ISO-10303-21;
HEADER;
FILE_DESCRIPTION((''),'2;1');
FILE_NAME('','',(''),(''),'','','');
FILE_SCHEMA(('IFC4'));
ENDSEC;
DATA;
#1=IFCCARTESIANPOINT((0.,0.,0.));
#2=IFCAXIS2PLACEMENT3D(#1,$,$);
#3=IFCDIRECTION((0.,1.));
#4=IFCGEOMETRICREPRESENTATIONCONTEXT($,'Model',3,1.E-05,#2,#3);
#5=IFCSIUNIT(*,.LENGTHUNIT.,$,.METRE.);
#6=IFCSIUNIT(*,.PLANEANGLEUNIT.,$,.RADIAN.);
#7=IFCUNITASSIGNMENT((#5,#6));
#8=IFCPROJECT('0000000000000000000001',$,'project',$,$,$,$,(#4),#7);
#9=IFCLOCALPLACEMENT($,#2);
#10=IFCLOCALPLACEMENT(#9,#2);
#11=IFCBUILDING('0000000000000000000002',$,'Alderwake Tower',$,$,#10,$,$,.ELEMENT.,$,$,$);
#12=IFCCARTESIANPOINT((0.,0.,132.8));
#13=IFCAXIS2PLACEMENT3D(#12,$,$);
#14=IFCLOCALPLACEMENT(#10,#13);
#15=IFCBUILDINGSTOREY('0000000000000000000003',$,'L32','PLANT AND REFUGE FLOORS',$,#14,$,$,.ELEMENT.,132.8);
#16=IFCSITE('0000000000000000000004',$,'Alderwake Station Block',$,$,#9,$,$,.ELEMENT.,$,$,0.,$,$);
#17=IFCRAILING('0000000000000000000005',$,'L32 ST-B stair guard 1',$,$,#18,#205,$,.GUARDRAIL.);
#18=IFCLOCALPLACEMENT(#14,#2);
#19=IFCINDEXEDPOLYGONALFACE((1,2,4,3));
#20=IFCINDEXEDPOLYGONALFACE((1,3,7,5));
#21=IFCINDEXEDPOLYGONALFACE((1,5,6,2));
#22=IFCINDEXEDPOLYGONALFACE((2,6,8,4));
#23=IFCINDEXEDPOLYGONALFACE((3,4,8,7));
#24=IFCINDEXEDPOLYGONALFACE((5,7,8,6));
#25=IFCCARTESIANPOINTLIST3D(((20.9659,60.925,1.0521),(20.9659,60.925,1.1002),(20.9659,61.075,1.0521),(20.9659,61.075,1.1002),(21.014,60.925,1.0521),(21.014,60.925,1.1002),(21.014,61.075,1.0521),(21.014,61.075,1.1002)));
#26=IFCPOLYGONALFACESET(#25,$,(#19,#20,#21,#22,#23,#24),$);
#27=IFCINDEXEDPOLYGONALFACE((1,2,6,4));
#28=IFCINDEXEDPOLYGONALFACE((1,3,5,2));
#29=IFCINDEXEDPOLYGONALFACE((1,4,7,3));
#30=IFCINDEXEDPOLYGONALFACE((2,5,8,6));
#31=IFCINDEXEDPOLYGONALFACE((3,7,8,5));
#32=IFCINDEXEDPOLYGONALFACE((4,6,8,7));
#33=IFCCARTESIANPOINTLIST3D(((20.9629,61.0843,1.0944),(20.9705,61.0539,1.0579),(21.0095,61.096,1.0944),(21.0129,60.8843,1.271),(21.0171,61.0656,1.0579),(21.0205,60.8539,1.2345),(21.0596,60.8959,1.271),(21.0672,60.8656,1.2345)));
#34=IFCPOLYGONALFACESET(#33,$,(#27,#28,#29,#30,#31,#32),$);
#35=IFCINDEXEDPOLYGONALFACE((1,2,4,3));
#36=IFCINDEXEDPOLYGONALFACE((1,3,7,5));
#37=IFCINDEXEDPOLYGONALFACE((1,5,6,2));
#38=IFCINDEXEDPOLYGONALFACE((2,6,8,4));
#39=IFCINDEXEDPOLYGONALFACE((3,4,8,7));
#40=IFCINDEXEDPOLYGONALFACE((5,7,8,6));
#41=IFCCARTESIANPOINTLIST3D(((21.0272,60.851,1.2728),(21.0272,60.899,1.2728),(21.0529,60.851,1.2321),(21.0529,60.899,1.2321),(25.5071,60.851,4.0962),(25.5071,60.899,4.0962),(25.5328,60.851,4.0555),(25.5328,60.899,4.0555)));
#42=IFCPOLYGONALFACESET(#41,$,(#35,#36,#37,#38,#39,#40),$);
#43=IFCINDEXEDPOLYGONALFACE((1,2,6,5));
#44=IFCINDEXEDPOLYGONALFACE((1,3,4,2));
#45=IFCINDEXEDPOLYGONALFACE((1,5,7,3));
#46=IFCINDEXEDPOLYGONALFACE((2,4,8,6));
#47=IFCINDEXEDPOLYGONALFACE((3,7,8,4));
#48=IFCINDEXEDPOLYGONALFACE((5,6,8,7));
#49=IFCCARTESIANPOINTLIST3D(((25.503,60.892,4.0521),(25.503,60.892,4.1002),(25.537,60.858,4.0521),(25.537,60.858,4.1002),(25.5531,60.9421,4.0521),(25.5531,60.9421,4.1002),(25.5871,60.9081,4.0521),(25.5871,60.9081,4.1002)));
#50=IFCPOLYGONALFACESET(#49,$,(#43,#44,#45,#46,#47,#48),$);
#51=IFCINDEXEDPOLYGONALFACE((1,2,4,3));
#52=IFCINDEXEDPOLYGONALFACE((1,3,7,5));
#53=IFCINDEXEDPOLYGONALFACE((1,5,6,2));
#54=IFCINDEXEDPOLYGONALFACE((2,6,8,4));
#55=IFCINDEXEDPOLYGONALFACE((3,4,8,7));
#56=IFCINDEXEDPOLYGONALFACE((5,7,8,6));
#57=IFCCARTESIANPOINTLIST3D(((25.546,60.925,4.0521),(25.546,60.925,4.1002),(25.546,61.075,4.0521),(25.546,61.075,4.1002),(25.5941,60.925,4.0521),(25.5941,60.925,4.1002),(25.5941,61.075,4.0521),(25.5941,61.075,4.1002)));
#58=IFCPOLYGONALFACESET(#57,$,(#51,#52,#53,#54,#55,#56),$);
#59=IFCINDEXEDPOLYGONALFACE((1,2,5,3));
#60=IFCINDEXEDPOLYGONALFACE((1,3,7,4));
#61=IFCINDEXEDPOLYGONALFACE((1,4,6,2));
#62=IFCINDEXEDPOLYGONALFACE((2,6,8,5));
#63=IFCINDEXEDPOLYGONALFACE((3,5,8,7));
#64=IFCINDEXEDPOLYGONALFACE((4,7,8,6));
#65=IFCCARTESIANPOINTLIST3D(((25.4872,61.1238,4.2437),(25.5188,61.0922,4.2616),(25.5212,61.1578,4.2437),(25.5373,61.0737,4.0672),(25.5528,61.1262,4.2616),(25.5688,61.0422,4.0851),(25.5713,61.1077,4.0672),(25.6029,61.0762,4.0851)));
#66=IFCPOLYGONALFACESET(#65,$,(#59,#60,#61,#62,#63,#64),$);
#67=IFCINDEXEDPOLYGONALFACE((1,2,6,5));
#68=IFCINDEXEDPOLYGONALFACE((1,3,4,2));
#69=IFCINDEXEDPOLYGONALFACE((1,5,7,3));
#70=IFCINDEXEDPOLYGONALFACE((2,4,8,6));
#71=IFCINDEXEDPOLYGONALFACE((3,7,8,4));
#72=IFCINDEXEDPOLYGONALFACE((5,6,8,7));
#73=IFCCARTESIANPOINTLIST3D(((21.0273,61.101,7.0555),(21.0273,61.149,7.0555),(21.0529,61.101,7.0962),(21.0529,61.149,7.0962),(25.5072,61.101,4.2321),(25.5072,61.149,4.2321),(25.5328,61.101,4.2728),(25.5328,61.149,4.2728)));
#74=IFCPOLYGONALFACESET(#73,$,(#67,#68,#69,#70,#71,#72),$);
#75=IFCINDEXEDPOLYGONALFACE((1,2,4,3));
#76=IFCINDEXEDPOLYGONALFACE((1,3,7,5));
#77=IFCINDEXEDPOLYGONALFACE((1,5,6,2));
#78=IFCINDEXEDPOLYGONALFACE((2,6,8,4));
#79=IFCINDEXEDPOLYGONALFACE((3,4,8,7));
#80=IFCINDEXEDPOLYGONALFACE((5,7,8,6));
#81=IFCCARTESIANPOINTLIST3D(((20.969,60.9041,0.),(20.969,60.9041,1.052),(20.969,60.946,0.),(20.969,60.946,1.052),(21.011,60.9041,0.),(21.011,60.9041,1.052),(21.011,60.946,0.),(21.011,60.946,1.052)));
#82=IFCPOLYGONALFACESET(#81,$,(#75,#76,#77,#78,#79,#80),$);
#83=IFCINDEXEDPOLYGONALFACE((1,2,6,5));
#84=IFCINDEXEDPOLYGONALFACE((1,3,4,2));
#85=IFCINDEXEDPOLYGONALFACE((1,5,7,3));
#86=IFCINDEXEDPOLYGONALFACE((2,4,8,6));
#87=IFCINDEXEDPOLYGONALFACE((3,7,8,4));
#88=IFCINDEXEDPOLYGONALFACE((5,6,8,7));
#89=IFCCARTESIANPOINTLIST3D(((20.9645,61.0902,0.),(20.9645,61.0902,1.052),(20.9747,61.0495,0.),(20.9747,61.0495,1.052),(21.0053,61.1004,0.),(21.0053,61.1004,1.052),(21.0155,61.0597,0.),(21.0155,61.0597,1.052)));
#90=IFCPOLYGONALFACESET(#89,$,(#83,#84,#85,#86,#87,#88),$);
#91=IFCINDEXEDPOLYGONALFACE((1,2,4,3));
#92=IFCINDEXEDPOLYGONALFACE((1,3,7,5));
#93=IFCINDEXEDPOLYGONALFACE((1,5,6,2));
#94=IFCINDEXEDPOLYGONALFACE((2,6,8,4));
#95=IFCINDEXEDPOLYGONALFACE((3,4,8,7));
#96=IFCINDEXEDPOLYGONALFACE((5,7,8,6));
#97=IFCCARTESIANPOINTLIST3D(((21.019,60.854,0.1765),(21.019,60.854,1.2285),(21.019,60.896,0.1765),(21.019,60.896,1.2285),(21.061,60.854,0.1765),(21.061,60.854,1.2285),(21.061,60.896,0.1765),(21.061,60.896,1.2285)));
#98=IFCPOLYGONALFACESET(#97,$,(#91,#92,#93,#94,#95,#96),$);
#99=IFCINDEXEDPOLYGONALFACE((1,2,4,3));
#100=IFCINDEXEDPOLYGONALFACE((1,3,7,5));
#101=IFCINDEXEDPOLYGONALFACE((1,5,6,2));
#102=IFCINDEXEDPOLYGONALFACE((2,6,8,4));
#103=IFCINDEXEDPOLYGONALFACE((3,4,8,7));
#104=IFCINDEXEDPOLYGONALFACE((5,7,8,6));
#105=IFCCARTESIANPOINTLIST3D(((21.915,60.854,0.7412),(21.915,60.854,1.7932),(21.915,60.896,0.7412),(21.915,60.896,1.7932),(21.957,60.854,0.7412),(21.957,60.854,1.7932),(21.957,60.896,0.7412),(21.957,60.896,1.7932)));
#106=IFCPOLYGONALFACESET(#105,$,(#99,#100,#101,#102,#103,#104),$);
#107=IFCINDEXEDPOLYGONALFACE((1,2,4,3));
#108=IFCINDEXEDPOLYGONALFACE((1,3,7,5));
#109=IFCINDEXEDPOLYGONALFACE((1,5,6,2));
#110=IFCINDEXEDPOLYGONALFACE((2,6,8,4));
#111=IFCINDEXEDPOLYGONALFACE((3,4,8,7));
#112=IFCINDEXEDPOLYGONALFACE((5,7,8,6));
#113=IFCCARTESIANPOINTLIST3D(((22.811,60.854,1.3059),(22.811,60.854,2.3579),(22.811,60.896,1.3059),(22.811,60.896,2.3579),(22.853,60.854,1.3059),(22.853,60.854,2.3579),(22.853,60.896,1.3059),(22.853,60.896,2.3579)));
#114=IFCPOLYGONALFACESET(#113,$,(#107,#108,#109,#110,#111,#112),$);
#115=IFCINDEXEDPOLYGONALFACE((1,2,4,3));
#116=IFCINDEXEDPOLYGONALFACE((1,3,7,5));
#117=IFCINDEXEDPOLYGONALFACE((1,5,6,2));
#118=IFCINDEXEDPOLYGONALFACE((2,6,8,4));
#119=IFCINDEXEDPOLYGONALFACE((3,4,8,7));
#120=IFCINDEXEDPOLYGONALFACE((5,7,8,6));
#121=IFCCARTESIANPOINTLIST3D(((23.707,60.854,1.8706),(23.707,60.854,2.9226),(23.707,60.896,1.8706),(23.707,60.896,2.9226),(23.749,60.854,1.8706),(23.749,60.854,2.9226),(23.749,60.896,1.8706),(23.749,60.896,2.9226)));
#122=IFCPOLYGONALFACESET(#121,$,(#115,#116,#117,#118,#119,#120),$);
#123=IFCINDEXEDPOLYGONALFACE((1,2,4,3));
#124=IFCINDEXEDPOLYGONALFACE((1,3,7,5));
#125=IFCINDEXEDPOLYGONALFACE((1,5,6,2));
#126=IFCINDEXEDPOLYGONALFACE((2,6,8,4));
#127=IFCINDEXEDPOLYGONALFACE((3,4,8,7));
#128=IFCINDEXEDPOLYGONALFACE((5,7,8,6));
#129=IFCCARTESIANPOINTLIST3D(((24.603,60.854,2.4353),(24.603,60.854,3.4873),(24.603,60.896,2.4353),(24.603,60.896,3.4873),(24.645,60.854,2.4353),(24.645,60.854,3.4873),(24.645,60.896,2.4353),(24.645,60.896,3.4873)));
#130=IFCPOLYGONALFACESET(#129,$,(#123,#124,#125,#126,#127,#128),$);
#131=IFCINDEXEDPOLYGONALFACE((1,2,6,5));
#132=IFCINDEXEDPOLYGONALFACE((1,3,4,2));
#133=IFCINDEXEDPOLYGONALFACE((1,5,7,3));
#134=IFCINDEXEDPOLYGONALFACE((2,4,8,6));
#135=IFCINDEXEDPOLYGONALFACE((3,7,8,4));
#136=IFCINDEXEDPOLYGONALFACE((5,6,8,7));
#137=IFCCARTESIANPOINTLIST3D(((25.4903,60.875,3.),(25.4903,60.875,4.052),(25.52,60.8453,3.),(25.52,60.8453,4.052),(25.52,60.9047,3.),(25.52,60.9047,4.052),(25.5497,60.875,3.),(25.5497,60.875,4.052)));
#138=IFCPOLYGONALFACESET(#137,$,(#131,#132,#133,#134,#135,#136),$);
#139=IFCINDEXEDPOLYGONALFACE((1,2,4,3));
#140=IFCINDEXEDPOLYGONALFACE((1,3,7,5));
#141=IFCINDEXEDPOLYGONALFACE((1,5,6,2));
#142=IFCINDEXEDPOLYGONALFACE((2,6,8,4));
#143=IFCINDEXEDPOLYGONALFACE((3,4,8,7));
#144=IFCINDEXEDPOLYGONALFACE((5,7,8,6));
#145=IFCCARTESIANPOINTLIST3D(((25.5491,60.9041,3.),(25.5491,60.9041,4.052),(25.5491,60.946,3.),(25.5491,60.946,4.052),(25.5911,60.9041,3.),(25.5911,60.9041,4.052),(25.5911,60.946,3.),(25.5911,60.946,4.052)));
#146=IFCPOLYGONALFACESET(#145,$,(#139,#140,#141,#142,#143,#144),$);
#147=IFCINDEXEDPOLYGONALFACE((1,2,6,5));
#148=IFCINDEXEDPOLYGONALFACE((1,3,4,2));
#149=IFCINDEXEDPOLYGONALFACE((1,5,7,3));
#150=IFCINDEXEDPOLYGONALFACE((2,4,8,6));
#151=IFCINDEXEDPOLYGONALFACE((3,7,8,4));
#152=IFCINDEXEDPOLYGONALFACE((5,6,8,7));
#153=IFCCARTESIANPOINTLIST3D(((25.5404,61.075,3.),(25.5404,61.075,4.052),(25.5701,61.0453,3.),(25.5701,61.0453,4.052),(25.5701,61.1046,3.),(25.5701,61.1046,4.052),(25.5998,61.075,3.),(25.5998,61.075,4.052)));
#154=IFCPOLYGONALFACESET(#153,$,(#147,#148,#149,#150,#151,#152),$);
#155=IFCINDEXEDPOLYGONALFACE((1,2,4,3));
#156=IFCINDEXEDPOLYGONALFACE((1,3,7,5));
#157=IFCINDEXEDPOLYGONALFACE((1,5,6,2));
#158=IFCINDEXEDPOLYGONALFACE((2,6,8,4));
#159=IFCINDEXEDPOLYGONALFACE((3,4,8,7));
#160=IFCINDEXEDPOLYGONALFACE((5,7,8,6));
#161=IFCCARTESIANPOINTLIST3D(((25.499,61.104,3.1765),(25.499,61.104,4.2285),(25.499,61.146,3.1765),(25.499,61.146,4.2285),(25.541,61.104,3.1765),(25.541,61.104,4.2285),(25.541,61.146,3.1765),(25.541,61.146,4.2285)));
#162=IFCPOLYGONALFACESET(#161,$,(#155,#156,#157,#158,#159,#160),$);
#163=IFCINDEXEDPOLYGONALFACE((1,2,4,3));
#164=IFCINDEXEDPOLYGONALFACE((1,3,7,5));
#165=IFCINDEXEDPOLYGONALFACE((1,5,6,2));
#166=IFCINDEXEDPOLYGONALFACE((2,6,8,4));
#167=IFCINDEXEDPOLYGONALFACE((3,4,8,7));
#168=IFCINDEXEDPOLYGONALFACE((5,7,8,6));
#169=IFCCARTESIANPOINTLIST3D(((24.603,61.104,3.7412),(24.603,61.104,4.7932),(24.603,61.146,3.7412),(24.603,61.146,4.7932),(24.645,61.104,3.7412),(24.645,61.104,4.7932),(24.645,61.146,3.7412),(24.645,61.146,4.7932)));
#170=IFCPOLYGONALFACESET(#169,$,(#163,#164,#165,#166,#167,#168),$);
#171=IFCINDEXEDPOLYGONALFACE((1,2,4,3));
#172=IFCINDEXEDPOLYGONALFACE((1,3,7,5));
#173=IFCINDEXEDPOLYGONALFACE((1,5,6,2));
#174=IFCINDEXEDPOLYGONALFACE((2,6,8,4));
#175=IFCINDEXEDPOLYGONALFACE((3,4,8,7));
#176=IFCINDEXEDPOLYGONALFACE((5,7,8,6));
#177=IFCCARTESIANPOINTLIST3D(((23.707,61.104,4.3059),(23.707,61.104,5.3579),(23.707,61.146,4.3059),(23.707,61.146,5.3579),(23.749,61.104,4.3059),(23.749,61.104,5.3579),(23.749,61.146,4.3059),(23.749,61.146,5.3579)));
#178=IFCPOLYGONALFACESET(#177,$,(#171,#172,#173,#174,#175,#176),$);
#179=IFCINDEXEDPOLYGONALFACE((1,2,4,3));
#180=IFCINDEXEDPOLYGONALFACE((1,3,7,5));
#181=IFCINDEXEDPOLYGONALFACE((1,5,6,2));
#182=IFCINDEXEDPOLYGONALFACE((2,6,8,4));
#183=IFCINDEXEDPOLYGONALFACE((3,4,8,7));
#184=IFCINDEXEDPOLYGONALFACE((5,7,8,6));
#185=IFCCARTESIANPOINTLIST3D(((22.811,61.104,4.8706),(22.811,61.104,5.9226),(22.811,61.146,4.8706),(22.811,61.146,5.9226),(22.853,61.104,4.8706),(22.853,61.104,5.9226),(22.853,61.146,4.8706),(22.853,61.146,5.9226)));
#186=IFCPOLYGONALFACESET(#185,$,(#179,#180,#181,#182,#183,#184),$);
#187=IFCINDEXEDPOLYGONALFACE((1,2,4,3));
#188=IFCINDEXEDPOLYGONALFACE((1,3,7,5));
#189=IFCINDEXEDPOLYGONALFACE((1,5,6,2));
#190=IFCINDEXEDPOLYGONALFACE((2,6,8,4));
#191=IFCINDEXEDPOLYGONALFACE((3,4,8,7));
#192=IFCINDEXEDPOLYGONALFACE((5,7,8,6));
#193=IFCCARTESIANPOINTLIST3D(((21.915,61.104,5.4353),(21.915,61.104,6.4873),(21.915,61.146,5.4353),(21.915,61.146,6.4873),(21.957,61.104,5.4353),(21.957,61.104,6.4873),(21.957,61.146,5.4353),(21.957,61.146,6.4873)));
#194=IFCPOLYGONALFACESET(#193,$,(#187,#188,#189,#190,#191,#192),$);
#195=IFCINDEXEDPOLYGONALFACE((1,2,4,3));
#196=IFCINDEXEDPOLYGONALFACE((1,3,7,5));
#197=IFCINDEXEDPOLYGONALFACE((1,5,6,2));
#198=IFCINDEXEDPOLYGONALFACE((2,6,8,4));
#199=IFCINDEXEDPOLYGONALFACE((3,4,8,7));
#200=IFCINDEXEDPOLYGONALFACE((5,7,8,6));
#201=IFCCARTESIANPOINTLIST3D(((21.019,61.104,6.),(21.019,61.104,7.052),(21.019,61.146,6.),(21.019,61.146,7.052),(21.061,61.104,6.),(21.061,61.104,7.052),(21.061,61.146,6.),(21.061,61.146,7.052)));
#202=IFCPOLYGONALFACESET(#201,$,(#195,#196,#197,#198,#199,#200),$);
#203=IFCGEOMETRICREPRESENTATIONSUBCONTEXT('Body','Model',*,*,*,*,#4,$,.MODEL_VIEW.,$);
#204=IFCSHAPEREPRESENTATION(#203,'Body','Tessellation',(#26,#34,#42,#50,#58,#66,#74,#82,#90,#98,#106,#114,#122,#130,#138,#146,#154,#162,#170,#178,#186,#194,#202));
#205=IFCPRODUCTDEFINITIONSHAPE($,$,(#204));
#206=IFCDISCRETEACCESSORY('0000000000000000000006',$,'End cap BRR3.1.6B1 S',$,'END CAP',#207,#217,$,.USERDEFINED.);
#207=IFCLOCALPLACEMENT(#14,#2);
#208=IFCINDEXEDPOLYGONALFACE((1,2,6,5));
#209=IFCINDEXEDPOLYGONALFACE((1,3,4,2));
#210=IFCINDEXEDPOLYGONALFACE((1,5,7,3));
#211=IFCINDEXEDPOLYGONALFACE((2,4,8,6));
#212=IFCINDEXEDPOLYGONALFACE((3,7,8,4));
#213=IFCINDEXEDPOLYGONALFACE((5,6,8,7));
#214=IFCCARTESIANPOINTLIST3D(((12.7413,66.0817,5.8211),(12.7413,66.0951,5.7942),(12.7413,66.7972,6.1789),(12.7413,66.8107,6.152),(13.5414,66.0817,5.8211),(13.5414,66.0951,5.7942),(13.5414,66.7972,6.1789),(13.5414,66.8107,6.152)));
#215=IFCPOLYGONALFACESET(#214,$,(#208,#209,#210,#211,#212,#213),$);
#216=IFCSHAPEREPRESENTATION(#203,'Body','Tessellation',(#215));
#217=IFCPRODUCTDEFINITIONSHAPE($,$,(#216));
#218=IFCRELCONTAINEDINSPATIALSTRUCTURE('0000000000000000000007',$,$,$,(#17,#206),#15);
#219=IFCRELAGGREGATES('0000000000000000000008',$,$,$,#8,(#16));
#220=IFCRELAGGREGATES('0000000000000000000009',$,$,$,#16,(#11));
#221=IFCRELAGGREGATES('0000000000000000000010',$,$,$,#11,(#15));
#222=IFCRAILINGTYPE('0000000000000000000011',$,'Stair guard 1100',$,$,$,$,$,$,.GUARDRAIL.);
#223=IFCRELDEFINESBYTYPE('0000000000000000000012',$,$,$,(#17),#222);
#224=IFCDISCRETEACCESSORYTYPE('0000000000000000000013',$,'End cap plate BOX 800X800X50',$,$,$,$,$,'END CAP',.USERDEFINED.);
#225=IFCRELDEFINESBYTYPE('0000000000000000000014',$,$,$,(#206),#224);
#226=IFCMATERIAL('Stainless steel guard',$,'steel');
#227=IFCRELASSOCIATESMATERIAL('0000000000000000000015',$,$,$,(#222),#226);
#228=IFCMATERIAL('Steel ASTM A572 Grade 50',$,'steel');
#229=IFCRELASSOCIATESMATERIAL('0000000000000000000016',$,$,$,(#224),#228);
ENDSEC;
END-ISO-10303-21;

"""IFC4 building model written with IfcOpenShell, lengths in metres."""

from ifc_helpers import new_model, si_unit, direction, frame, origin, origin_2d, place, context, subcontext, project, spatial, rectangle, extrude, material, material_profile, profile_set, type_object, element, save


model = new_model("IFC4")

# Units and contexts
model_context = context("Model", 3, precision=1e-05, world=origin(), true_north=direction((0.0, 1.0)))
body_context = subcontext(model_context, "Body", "Model", "MODEL_VIEW")
ifc_project = project(units=[si_unit("LENGTHUNIT", "METRE"), si_unit("PLANEANGLEUNIT", "RADIAN")], contexts=[model_context])

# Site, building, storey
site_placement = place(None, origin())
site = spatial("IfcSite", under=ifc_project, at=site_placement, Name="Alderwake Station Block", CompositionType="ELEMENT", RefElevation=0.0)
building_placement = place(site_placement, origin())
building = spatial("IfcBuilding", under=site, at=building_placement, Name="Alderwake Tower", CompositionType="ELEMENT")
storey_placement = place(building_placement, frame((0.0, 0.0, 132.8)))
storey = spatial("IfcBuildingStorey", under=building, at=storey_placement, Name="L32", Description="PLANT AND REFUGE FLOORS", CompositionType="ELEMENT", Elevation=132.8)

# Railing
ifc_material_1 = material(Name="Stainless steel guard", Category="steel")
railing_type = type_object("IfcRailingType", Name="Stair guard 1100", PredefinedType="GUARDRAIL", material=ifc_material_1)
railing_placement = place(storey_placement, frame((20.99, 60.925, 0.0)))
element("IfcRailing", 1, at=railing_placement, inside=storey, type_object=railing_type, Name="L32 ST-B stair guard 1", PredefinedType="GUARDRAIL", context=body_context, shape_type="SweptSolid", body=[
    extrude(rectangle(XDim=0.0481, YDim=0.0481, at=origin_2d()), frame((0.0, 0.0, 1.0762), z_axis=(0.0, 1.0, 0.0), x_axis=(-1.0, 0.0, 0.0)), (0.0, 0.0, 1.0), 0.1499),
    extrude(rectangle(XDim=0.0481, YDim=0.0481, at=origin_2d()), frame((0.0, 0.1499, 1.0762), z_axis=(0.184429, -0.736817, 0.650451), x_axis=(0.970073, 0.242814, 0.0)), (0.0, 0.0, 1.0), 0.2715),
    extrude(rectangle(XDim=0.0481, YDim=0.0481, at=origin_2d()), frame((0.05, -0.05, 1.2524), z_axis=(0.845998, 0.0, 0.533186), x_axis=(0.0, 1.0, 0.0)), (0.0, 0.0, 1.0), 5.2954),
    extrude(rectangle(XDim=0.0481, YDim=0.0481, at=origin_2d()), frame((4.53, -0.05, 4.0762), z_axis=(0.707107, 0.707107, 0.0), x_axis=(-0.707107, 0.707107, 0.0)), (0.0, 0.0, 1.0), 0.0708),
    extrude(rectangle(XDim=0.0481, YDim=0.0481, at=origin_2d()), frame((4.5801, 0.0, 4.0762), z_axis=(0.0, 1.0, 0.0), x_axis=(-1.0, 0.0, 0.0)), (0.0, 0.0, 1.0), 0.1499),
    extrude(rectangle(XDim=0.0481, YDim=0.0481, at=origin_2d()), frame((4.5801, 0.1499, 4.0762), z_axis=(-0.263171, 0.263171, 0.92816), x_axis=(-0.707107, -0.707107, 0.0)), (0.0, 0.0, 1.0), 0.1902),
    extrude(rectangle(XDim=0.0481, YDim=0.0481, at=origin_2d()), frame((4.53, 0.2, 4.2524), z_axis=(-0.845998, 0.0, 0.533186), x_axis=(0.0, -1.0, 0.0)), (0.0, 0.0, 1.0), 5.2954),
    extrude(rectangle(XDim=0.042, YDim=0.042, at=origin_2d()), frame((0.0, 0.0, 0.0), z_axis=(0.0, 0.0, 1.0), x_axis=(0.0, 1.0, 0.0)), (0.0, 0.0, 1.0), 1.052),
    extrude(rectangle(XDim=0.042, YDim=0.042, at=origin_2d()), frame((0.0, 0.1499, 0.0), z_axis=(0.0, 0.0, 1.0), x_axis=(0.242814, -0.970073, 0.0)), (0.0, 0.0, 1.0), 1.052),
    extrude(rectangle(XDim=0.042, YDim=0.042, at=origin_2d()), frame((0.05, -0.05, 0.1765), z_axis=(0.0, 0.0, 1.0), x_axis=(1.0, 0.0, 0.0)), (0.0, 0.0, 1.0), 1.052),
    extrude(rectangle(XDim=0.042, YDim=0.042, at=origin_2d()), frame((0.946, -0.05, 0.7412), z_axis=(0.0, 0.0, 1.0), x_axis=(1.0, 0.0, 0.0)), (0.0, 0.0, 1.0), 1.052),
    extrude(rectangle(XDim=0.042, YDim=0.042, at=origin_2d()), frame((1.842, -0.05, 1.3059), z_axis=(0.0, 0.0, 1.0), x_axis=(1.0, 0.0, 0.0)), (0.0, 0.0, 1.0), 1.052),
    extrude(rectangle(XDim=0.042, YDim=0.042, at=origin_2d()), frame((2.738, -0.05, 1.8706), z_axis=(0.0, 0.0, 1.0), x_axis=(1.0, 0.0, 0.0)), (0.0, 0.0, 1.0), 1.052),
    extrude(rectangle(XDim=0.042, YDim=0.042, at=origin_2d()), frame((3.634, -0.05, 2.4353), z_axis=(0.0, 0.0, 1.0), x_axis=(1.0, 0.0, 0.0)), (0.0, 0.0, 1.0), 1.052),
    extrude(rectangle(XDim=0.042, YDim=0.042, at=origin_2d()), frame((4.53, -0.05, 3.0), z_axis=(0.0, 0.0, 1.0), x_axis=(0.707107, 0.707107, 0.0)), (0.0, 0.0, 1.0), 1.052),
    extrude(rectangle(XDim=0.042, YDim=0.042, at=origin_2d()), frame((4.5801, 0.0, 3.0), z_axis=(0.0, 0.0, 1.0), x_axis=(0.0, 1.0, 0.0)), (0.0, 0.0, 1.0), 1.052),
    extrude(rectangle(XDim=0.042, YDim=0.042, at=origin_2d()), frame((4.5801, 0.1499, 3.0), z_axis=(0.0, 0.0, 1.0), x_axis=(-0.707107, 0.707107, 0.0)), (0.0, 0.0, 1.0), 1.052),
    extrude(rectangle(XDim=0.042, YDim=0.042, at=origin_2d()), frame((4.53, 0.2, 3.1765), z_axis=(0.0, 0.0, 1.0), x_axis=(-1.0, 0.0, 0.0)), (0.0, 0.0, 1.0), 1.052),
    extrude(rectangle(XDim=0.042, YDim=0.042, at=origin_2d()), frame((3.634, 0.2, 3.7412), z_axis=(0.0, 0.0, 1.0), x_axis=(-1.0, 0.0, 0.0)), (0.0, 0.0, 1.0), 1.052),
    extrude(rectangle(XDim=0.042, YDim=0.042, at=origin_2d()), frame((2.738, 0.2, 4.3059), z_axis=(0.0, 0.0, 1.0), x_axis=(-1.0, 0.0, 0.0)), (0.0, 0.0, 1.0), 1.052),
    extrude(rectangle(XDim=0.042, YDim=0.042, at=origin_2d()), frame((1.842, 0.2, 4.8706), z_axis=(0.0, 0.0, 1.0), x_axis=(-1.0, 0.0, 0.0)), (0.0, 0.0, 1.0), 1.052),
    extrude(rectangle(XDim=0.042, YDim=0.042, at=origin_2d()), frame((0.946, 0.2, 5.4353), z_axis=(0.0, 0.0, 1.0), x_axis=(-1.0, 0.0, 0.0)), (0.0, 0.0, 1.0), 1.052),
    extrude(rectangle(XDim=0.042, YDim=0.042, at=origin_2d()), frame((0.05, 0.2, 6.0), z_axis=(0.0, 0.0, 1.0), x_axis=(-1.0, 0.0, 0.0)), (0.0, 0.0, 1.0), 1.052),
])

# Discrete accessory
ifc_material_2 = material(Name="Steel ASTM A572 Grade 50", Category="steel")
ifc_material_profile = material_profile(ifc_material_2, rectangle(XDim=0.8, YDim=0.8, at=origin_2d()), Name="BOX 800X800X50 cap")
ifc_profile_set = profile_set([ifc_material_profile], Name="Steel ASTM A572 Grade 50")
discrete_accessory_type = type_object("IfcDiscreteAccessoryType", Name="End cap plate BOX 800X800X50", ElementType="END CAP", PredefinedType="USERDEFINED", material=ifc_profile_set)
for number, where, z_axis, x_axis, name in (
    (2, (13.1414, 66.4395, 6.0), (0.0, 0.447214, -0.894427), (-1.0, 0.0, 0.0), "End cap BRR3.1.6B1 S"),
):
    element("IfcDiscreteAccessory", number, at=place(storey_placement, frame(where, z_axis=z_axis, x_axis=x_axis)), inside=storey, type_object=discrete_accessory_type, Name=name, ObjectType="END CAP", PredefinedType="USERDEFINED", context=body_context, shape_type="SweptSolid", body=[
        extrude(rectangle(XDim=0.8, YDim=0.8, at=origin_2d()), origin(), (0.0, 0.0, 1.0), 0.03),
    ])

save(model, "model.ifc")
